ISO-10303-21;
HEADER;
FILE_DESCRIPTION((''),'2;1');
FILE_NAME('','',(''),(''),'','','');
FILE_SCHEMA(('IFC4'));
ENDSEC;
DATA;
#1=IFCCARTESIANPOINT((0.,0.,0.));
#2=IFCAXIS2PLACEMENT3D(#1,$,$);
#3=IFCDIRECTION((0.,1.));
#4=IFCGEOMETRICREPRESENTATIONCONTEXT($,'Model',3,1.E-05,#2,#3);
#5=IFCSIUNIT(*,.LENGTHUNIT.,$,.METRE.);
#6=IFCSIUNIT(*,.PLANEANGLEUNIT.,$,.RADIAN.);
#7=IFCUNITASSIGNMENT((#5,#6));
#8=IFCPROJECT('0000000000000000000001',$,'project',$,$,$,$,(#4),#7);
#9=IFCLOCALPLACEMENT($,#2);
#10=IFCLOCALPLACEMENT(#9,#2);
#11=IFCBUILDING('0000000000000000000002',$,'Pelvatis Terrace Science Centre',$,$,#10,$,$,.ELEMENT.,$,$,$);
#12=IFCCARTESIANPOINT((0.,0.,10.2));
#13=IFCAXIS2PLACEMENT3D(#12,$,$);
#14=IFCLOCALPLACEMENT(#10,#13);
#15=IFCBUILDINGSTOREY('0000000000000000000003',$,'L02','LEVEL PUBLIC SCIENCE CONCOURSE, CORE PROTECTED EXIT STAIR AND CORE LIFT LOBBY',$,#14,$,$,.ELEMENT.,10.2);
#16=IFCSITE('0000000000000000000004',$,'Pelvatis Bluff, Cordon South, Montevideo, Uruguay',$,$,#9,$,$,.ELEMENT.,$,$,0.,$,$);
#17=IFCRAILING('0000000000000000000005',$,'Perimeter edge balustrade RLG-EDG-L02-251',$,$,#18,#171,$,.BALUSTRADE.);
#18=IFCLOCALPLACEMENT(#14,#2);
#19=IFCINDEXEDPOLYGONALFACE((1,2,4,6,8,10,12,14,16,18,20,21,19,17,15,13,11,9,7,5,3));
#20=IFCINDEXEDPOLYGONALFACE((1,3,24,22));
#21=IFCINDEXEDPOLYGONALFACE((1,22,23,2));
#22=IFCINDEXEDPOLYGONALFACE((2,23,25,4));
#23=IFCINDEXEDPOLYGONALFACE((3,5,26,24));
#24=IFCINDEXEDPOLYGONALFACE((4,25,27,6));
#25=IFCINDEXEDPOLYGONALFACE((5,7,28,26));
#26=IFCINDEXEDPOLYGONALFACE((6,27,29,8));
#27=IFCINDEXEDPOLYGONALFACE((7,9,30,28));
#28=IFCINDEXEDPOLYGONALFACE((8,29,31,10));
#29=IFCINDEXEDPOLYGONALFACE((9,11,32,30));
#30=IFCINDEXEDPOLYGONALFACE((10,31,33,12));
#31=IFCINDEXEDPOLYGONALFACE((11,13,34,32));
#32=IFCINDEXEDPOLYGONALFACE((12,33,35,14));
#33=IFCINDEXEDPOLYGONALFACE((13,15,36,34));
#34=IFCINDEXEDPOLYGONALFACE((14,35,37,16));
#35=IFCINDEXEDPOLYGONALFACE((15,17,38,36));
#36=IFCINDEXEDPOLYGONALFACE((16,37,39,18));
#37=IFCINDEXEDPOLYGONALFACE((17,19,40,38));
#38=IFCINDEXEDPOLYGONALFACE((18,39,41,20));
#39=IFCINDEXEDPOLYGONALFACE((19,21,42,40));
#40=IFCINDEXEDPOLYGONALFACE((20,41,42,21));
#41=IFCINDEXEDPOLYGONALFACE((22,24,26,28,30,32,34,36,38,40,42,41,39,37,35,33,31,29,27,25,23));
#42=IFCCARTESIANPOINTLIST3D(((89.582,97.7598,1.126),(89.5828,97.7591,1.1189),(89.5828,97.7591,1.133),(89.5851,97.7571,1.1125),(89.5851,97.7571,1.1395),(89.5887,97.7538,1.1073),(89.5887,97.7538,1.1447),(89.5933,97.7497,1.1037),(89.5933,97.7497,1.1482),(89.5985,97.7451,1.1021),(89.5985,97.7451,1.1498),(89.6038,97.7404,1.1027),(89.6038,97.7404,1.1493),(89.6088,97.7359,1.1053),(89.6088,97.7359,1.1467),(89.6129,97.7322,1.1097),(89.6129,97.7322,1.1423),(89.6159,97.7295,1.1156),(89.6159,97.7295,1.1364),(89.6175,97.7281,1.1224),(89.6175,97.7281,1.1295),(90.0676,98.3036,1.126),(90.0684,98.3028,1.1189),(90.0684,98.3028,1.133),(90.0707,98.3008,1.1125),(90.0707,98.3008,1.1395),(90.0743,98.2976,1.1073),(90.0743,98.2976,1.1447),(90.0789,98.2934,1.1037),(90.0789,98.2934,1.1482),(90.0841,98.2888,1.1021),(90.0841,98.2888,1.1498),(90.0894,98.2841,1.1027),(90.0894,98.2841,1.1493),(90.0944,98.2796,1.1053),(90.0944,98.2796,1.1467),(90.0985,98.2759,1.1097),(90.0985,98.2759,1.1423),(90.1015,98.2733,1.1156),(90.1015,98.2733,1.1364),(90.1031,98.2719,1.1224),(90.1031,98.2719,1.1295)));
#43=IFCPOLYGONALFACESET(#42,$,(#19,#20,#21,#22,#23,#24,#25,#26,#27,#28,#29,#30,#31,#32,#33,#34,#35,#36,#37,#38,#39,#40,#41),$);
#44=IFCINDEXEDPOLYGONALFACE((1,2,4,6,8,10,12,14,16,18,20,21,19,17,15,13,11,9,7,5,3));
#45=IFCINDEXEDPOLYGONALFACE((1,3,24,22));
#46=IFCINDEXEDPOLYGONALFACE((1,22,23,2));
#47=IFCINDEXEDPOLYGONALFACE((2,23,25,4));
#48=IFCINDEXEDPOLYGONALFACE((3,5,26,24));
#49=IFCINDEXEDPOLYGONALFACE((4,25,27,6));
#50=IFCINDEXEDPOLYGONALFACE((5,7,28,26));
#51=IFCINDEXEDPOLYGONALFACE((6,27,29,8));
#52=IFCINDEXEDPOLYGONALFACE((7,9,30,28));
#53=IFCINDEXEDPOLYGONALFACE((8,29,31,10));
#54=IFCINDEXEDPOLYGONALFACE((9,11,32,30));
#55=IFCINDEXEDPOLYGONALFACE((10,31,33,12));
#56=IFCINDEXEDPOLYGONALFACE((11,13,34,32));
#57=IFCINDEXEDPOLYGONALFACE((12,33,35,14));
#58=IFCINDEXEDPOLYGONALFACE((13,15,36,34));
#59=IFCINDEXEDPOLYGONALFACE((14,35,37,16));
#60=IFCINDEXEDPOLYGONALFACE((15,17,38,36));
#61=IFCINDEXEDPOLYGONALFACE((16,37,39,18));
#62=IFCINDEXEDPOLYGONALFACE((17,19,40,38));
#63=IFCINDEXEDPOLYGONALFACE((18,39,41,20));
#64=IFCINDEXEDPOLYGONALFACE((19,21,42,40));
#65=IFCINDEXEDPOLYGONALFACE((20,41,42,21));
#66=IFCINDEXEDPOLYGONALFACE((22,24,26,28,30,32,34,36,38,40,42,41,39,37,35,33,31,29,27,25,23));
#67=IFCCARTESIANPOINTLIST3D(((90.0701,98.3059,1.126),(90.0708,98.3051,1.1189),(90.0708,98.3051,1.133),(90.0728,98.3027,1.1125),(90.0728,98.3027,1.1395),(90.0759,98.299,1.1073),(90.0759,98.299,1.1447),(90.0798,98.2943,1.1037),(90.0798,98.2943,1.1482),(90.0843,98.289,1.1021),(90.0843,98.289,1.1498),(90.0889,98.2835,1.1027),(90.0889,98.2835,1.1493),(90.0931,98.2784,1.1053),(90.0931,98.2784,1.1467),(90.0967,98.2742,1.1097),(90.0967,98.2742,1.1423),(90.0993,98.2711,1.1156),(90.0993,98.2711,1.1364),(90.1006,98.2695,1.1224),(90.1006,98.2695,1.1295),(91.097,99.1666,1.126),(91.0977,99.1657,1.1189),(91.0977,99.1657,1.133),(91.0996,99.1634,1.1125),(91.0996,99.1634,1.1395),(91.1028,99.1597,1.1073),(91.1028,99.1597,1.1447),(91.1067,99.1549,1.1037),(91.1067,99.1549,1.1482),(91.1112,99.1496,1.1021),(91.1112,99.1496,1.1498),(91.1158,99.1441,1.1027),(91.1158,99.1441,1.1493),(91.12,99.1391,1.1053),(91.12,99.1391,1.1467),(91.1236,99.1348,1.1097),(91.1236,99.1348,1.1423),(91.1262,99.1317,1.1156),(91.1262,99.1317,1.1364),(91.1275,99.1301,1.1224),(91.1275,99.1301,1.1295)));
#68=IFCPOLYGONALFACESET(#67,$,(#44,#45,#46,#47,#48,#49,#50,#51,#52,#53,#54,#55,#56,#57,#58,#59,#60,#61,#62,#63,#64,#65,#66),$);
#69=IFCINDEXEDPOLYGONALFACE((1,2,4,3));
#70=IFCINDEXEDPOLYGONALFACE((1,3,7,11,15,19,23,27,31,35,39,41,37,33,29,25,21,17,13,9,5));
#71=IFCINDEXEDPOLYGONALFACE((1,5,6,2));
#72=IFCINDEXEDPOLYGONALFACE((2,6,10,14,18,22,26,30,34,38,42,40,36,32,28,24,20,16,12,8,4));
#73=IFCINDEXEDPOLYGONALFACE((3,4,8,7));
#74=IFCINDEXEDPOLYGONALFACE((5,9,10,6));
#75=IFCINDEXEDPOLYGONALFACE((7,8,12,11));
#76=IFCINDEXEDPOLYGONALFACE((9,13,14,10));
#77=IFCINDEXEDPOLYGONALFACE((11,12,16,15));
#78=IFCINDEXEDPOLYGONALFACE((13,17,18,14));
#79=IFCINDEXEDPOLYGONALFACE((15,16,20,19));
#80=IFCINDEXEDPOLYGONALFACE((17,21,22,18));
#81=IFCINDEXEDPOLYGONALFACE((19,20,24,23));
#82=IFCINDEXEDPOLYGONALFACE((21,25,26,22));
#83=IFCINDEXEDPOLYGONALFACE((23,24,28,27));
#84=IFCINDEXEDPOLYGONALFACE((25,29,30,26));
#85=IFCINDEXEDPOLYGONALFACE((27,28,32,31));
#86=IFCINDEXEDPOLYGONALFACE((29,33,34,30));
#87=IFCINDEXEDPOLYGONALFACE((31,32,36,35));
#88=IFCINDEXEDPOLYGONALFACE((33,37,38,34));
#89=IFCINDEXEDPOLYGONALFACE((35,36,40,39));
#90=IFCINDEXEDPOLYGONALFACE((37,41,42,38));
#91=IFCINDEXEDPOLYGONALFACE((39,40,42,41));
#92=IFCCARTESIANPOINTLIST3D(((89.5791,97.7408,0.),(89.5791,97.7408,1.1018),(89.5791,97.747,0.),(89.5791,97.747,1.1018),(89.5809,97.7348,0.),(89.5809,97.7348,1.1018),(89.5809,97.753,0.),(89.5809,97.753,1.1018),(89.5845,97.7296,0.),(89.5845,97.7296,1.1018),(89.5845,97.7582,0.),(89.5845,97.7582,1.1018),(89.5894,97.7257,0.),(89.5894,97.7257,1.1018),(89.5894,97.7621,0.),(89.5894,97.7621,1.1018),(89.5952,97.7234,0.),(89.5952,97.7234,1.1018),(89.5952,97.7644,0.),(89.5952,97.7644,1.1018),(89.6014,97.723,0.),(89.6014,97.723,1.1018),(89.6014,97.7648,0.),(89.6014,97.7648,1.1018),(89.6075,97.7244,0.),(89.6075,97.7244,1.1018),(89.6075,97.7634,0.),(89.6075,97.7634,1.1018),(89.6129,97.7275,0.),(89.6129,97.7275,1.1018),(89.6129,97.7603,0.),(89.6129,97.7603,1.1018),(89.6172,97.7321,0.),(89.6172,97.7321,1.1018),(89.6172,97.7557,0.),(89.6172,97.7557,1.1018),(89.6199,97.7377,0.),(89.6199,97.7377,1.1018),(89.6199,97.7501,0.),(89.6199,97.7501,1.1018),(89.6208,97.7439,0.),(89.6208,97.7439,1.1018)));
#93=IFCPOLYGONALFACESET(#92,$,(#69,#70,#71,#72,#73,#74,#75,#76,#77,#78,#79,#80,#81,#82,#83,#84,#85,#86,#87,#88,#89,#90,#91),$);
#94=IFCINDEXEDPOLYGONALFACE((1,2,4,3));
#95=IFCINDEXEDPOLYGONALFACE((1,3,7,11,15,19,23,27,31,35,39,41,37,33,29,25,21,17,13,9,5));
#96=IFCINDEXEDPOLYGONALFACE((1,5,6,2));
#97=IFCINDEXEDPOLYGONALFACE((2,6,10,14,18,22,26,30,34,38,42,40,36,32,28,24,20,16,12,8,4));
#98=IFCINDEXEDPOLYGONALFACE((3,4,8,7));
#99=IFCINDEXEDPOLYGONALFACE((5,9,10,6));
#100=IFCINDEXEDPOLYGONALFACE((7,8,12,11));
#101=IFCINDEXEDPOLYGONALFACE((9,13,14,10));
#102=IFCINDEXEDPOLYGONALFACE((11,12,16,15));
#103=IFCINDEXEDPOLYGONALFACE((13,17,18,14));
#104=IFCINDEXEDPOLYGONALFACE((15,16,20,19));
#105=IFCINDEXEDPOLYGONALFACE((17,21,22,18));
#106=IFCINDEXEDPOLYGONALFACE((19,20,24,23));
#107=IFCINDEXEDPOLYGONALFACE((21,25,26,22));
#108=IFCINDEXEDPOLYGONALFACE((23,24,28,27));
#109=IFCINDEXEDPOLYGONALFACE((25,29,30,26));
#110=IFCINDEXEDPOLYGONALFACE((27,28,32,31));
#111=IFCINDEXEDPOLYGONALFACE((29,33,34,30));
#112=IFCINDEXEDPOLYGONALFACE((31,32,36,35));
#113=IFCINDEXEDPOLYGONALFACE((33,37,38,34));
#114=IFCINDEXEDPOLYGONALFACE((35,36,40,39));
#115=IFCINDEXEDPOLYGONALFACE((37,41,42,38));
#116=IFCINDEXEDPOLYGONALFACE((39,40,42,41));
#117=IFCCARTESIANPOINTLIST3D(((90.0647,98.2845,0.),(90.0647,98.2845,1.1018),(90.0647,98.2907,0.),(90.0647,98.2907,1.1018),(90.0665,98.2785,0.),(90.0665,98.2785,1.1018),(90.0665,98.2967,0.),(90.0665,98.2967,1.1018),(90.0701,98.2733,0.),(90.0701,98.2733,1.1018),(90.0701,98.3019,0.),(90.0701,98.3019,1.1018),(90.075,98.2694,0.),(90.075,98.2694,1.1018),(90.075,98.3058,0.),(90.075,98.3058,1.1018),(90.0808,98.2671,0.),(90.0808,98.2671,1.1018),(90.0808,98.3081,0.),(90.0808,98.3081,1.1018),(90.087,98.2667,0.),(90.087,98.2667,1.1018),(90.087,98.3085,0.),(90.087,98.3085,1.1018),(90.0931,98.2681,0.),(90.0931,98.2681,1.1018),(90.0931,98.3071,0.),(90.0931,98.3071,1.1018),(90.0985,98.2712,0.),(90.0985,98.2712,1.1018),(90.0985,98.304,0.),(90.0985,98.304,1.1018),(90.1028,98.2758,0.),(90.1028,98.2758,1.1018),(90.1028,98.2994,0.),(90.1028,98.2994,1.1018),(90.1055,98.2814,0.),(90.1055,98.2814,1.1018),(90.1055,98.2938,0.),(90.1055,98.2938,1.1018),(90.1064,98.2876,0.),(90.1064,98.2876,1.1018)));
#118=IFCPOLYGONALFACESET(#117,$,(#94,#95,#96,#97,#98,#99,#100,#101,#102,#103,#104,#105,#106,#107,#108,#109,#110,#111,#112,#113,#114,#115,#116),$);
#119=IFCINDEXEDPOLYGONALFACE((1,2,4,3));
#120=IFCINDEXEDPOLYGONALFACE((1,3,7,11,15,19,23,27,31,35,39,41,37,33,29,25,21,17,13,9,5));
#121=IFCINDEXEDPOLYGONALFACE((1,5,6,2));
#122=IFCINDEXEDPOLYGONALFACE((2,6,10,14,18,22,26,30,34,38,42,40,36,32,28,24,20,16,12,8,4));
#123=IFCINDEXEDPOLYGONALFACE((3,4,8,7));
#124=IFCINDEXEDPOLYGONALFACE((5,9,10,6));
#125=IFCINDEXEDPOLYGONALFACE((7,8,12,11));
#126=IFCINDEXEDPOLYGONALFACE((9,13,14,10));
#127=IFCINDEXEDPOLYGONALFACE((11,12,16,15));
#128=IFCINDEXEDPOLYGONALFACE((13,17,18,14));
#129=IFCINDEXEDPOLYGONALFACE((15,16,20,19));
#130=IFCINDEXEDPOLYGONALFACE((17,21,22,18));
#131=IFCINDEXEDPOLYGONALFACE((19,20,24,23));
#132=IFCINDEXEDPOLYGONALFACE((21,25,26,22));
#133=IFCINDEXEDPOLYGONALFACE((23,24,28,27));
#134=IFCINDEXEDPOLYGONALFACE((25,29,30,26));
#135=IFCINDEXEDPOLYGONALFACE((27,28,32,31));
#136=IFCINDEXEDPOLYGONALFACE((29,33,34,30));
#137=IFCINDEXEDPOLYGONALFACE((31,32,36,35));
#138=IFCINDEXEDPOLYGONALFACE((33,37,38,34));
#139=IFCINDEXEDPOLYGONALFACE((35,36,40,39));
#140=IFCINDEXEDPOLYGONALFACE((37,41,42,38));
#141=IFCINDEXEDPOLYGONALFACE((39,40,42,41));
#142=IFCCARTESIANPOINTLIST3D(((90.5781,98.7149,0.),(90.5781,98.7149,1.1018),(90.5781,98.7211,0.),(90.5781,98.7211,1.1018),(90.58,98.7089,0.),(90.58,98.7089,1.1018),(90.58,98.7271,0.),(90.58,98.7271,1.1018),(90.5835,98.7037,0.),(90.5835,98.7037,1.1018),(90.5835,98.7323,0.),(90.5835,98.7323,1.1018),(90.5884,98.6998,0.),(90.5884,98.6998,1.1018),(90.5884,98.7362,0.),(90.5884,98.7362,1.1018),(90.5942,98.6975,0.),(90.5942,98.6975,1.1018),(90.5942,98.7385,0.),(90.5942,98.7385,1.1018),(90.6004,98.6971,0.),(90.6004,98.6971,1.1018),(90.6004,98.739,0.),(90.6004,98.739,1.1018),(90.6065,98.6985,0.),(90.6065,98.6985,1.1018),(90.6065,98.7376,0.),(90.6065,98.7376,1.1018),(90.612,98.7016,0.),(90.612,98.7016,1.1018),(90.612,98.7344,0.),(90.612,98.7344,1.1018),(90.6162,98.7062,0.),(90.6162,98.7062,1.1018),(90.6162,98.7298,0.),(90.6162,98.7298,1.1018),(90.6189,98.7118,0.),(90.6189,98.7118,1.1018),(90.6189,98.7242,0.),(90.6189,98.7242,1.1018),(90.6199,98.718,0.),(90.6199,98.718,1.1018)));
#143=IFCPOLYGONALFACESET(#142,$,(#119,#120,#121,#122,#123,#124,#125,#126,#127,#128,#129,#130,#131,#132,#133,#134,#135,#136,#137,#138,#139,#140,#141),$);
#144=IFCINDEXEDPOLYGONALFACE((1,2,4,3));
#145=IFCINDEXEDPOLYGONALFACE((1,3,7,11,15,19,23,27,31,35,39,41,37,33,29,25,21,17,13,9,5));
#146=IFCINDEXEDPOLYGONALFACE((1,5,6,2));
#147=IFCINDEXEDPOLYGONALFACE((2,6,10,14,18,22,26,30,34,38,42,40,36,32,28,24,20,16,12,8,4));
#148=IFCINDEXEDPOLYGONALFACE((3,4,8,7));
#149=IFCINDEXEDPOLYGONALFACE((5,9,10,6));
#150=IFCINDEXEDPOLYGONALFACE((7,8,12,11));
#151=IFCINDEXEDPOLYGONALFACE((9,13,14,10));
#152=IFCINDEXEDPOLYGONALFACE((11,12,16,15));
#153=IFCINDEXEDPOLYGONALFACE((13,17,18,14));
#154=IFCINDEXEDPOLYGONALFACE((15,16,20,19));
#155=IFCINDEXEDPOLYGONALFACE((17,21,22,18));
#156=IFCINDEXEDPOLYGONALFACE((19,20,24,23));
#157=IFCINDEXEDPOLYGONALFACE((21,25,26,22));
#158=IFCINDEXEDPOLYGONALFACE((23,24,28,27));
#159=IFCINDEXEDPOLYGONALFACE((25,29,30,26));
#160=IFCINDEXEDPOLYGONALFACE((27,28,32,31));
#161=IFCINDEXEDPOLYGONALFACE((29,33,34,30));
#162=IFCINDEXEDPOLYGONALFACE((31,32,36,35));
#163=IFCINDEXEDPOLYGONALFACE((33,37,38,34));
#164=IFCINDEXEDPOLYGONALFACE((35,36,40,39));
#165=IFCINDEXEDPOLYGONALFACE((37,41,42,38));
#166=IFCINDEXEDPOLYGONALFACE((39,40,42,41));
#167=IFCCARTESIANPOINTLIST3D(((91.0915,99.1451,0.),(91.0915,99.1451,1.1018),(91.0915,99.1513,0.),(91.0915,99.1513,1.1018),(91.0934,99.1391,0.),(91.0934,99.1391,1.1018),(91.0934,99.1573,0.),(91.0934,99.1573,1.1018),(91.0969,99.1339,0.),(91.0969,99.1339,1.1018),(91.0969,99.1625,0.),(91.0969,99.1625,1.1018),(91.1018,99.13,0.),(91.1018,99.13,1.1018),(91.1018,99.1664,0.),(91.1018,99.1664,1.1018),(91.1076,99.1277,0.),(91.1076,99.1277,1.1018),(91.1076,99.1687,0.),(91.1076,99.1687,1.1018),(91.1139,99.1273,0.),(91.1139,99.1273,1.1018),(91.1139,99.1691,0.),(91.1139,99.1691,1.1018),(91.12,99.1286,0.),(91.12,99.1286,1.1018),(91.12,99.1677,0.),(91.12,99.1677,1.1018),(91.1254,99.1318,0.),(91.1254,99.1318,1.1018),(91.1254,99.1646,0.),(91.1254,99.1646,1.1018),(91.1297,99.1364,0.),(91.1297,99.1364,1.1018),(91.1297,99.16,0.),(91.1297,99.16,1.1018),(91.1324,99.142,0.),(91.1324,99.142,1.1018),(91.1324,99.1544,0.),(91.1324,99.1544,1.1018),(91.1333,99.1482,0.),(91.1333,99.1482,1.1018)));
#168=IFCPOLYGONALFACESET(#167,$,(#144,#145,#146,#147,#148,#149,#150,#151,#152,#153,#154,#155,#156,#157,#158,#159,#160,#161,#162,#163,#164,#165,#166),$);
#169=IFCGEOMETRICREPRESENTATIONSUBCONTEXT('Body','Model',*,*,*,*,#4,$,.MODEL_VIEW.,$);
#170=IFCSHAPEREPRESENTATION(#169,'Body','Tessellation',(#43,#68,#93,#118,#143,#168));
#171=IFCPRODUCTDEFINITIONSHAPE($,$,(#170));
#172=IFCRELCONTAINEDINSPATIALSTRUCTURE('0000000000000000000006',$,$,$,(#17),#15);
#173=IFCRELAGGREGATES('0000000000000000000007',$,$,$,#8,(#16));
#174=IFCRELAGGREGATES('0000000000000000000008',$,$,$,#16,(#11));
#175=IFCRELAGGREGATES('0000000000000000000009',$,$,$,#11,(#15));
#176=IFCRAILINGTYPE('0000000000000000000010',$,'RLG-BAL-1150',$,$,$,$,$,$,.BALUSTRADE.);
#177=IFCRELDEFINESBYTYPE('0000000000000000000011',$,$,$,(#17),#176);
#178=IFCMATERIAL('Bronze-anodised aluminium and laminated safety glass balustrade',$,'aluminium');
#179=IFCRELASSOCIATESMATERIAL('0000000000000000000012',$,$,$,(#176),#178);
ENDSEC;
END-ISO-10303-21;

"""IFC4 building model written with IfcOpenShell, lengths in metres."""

from ifc_helpers import new_model, si_unit, direction, frame, origin, origin_2d, place, context, subcontext, project, spatial, circle, extrude, material, type_object, element, save


model = new_model("IFC4")

# Units and contexts
model_context = context("Model", 3, precision=1e-05, world=origin(), true_north=direction((0.0, 1.0)))
body_context = subcontext(model_context, "Body", "Model", "MODEL_VIEW")
ifc_project = project(units=[si_unit("LENGTHUNIT", "METRE"), si_unit("PLANEANGLEUNIT", "RADIAN")], contexts=[model_context])

# Site, building, storey
site_placement = place(None, origin())
site = spatial("IfcSite", under=ifc_project, at=site_placement, Name="Pelvatis Bluff, Cordon South, Montevideo, Uruguay", CompositionType="ELEMENT", RefElevation=0.0)
building_placement = place(site_placement, origin())
building = spatial("IfcBuilding", under=site, at=building_placement, Name="Pelvatis Terrace Science Centre", CompositionType="ELEMENT")
storey_placement = place(building_placement, frame((0.0, 0.0, 10.2)))
storey = spatial("IfcBuildingStorey", under=building, at=storey_placement, Name="L02", Description="LEVEL PUBLIC SCIENCE CONCOURSE, CORE PROTECTED EXIT STAIR AND CORE LIFT LOBBY", CompositionType="ELEMENT", Elevation=10.2)

# Railing
ifc_material_1 = material(Name="Bronze-anodised aluminium and laminated safety glass balustrade", Category="aluminium")
railing_type = type_object("IfcRailingType", Name="RLG-BAL-1150", PredefinedType="BALUSTRADE", material=ifc_material_1)
railing_placement = place(storey_placement, frame((89.5999, 97.7439, 0.0)))
element("IfcRailing", 1, at=railing_placement, inside=storey, type_object=railing_type, Name="Perimeter edge balustrade RLG-EDG-L02-251", PredefinedType="BALUSTRADE", context=body_context, shape_type="SweptSolid", body=[
    extrude(circle(Radius=0.0239, at=origin_2d()), frame((0.0, 0.0, 1.126), z_axis=(0.666129, 0.745837, 0.0), x_axis=(-0.745837, 0.666129, 0.0)), (0.0, 0.0, 1.0), 0.729),
    extrude(circle(Radius=0.0239, at=origin_2d()), frame((0.4856, 0.5437, 1.126), z_axis=(0.766426, 0.642333, 0.0), x_axis=(-0.642333, 0.766426, 0.0)), (0.0, 0.0, 1.0), 1.3398),
    extrude(circle(Radius=0.021, at=origin_2d()), origin(), (0.0, 0.0, 1.0), 1.1018),
    extrude(circle(Radius=0.021, at=origin_2d()), frame((0.4856, 0.5437, 0.0)), (0.0, 0.0, 1.0), 1.1018),
    extrude(circle(Radius=0.021, at=origin_2d()), frame((0.999, 0.9741, 0.0)), (0.0, 0.0, 1.0), 1.1018),
    extrude(circle(Radius=0.021, at=origin_2d()), frame((1.5125, 1.4043, 0.0)), (0.0, 0.0, 1.0), 1.1018),
])

save(model, "model.ifc")
